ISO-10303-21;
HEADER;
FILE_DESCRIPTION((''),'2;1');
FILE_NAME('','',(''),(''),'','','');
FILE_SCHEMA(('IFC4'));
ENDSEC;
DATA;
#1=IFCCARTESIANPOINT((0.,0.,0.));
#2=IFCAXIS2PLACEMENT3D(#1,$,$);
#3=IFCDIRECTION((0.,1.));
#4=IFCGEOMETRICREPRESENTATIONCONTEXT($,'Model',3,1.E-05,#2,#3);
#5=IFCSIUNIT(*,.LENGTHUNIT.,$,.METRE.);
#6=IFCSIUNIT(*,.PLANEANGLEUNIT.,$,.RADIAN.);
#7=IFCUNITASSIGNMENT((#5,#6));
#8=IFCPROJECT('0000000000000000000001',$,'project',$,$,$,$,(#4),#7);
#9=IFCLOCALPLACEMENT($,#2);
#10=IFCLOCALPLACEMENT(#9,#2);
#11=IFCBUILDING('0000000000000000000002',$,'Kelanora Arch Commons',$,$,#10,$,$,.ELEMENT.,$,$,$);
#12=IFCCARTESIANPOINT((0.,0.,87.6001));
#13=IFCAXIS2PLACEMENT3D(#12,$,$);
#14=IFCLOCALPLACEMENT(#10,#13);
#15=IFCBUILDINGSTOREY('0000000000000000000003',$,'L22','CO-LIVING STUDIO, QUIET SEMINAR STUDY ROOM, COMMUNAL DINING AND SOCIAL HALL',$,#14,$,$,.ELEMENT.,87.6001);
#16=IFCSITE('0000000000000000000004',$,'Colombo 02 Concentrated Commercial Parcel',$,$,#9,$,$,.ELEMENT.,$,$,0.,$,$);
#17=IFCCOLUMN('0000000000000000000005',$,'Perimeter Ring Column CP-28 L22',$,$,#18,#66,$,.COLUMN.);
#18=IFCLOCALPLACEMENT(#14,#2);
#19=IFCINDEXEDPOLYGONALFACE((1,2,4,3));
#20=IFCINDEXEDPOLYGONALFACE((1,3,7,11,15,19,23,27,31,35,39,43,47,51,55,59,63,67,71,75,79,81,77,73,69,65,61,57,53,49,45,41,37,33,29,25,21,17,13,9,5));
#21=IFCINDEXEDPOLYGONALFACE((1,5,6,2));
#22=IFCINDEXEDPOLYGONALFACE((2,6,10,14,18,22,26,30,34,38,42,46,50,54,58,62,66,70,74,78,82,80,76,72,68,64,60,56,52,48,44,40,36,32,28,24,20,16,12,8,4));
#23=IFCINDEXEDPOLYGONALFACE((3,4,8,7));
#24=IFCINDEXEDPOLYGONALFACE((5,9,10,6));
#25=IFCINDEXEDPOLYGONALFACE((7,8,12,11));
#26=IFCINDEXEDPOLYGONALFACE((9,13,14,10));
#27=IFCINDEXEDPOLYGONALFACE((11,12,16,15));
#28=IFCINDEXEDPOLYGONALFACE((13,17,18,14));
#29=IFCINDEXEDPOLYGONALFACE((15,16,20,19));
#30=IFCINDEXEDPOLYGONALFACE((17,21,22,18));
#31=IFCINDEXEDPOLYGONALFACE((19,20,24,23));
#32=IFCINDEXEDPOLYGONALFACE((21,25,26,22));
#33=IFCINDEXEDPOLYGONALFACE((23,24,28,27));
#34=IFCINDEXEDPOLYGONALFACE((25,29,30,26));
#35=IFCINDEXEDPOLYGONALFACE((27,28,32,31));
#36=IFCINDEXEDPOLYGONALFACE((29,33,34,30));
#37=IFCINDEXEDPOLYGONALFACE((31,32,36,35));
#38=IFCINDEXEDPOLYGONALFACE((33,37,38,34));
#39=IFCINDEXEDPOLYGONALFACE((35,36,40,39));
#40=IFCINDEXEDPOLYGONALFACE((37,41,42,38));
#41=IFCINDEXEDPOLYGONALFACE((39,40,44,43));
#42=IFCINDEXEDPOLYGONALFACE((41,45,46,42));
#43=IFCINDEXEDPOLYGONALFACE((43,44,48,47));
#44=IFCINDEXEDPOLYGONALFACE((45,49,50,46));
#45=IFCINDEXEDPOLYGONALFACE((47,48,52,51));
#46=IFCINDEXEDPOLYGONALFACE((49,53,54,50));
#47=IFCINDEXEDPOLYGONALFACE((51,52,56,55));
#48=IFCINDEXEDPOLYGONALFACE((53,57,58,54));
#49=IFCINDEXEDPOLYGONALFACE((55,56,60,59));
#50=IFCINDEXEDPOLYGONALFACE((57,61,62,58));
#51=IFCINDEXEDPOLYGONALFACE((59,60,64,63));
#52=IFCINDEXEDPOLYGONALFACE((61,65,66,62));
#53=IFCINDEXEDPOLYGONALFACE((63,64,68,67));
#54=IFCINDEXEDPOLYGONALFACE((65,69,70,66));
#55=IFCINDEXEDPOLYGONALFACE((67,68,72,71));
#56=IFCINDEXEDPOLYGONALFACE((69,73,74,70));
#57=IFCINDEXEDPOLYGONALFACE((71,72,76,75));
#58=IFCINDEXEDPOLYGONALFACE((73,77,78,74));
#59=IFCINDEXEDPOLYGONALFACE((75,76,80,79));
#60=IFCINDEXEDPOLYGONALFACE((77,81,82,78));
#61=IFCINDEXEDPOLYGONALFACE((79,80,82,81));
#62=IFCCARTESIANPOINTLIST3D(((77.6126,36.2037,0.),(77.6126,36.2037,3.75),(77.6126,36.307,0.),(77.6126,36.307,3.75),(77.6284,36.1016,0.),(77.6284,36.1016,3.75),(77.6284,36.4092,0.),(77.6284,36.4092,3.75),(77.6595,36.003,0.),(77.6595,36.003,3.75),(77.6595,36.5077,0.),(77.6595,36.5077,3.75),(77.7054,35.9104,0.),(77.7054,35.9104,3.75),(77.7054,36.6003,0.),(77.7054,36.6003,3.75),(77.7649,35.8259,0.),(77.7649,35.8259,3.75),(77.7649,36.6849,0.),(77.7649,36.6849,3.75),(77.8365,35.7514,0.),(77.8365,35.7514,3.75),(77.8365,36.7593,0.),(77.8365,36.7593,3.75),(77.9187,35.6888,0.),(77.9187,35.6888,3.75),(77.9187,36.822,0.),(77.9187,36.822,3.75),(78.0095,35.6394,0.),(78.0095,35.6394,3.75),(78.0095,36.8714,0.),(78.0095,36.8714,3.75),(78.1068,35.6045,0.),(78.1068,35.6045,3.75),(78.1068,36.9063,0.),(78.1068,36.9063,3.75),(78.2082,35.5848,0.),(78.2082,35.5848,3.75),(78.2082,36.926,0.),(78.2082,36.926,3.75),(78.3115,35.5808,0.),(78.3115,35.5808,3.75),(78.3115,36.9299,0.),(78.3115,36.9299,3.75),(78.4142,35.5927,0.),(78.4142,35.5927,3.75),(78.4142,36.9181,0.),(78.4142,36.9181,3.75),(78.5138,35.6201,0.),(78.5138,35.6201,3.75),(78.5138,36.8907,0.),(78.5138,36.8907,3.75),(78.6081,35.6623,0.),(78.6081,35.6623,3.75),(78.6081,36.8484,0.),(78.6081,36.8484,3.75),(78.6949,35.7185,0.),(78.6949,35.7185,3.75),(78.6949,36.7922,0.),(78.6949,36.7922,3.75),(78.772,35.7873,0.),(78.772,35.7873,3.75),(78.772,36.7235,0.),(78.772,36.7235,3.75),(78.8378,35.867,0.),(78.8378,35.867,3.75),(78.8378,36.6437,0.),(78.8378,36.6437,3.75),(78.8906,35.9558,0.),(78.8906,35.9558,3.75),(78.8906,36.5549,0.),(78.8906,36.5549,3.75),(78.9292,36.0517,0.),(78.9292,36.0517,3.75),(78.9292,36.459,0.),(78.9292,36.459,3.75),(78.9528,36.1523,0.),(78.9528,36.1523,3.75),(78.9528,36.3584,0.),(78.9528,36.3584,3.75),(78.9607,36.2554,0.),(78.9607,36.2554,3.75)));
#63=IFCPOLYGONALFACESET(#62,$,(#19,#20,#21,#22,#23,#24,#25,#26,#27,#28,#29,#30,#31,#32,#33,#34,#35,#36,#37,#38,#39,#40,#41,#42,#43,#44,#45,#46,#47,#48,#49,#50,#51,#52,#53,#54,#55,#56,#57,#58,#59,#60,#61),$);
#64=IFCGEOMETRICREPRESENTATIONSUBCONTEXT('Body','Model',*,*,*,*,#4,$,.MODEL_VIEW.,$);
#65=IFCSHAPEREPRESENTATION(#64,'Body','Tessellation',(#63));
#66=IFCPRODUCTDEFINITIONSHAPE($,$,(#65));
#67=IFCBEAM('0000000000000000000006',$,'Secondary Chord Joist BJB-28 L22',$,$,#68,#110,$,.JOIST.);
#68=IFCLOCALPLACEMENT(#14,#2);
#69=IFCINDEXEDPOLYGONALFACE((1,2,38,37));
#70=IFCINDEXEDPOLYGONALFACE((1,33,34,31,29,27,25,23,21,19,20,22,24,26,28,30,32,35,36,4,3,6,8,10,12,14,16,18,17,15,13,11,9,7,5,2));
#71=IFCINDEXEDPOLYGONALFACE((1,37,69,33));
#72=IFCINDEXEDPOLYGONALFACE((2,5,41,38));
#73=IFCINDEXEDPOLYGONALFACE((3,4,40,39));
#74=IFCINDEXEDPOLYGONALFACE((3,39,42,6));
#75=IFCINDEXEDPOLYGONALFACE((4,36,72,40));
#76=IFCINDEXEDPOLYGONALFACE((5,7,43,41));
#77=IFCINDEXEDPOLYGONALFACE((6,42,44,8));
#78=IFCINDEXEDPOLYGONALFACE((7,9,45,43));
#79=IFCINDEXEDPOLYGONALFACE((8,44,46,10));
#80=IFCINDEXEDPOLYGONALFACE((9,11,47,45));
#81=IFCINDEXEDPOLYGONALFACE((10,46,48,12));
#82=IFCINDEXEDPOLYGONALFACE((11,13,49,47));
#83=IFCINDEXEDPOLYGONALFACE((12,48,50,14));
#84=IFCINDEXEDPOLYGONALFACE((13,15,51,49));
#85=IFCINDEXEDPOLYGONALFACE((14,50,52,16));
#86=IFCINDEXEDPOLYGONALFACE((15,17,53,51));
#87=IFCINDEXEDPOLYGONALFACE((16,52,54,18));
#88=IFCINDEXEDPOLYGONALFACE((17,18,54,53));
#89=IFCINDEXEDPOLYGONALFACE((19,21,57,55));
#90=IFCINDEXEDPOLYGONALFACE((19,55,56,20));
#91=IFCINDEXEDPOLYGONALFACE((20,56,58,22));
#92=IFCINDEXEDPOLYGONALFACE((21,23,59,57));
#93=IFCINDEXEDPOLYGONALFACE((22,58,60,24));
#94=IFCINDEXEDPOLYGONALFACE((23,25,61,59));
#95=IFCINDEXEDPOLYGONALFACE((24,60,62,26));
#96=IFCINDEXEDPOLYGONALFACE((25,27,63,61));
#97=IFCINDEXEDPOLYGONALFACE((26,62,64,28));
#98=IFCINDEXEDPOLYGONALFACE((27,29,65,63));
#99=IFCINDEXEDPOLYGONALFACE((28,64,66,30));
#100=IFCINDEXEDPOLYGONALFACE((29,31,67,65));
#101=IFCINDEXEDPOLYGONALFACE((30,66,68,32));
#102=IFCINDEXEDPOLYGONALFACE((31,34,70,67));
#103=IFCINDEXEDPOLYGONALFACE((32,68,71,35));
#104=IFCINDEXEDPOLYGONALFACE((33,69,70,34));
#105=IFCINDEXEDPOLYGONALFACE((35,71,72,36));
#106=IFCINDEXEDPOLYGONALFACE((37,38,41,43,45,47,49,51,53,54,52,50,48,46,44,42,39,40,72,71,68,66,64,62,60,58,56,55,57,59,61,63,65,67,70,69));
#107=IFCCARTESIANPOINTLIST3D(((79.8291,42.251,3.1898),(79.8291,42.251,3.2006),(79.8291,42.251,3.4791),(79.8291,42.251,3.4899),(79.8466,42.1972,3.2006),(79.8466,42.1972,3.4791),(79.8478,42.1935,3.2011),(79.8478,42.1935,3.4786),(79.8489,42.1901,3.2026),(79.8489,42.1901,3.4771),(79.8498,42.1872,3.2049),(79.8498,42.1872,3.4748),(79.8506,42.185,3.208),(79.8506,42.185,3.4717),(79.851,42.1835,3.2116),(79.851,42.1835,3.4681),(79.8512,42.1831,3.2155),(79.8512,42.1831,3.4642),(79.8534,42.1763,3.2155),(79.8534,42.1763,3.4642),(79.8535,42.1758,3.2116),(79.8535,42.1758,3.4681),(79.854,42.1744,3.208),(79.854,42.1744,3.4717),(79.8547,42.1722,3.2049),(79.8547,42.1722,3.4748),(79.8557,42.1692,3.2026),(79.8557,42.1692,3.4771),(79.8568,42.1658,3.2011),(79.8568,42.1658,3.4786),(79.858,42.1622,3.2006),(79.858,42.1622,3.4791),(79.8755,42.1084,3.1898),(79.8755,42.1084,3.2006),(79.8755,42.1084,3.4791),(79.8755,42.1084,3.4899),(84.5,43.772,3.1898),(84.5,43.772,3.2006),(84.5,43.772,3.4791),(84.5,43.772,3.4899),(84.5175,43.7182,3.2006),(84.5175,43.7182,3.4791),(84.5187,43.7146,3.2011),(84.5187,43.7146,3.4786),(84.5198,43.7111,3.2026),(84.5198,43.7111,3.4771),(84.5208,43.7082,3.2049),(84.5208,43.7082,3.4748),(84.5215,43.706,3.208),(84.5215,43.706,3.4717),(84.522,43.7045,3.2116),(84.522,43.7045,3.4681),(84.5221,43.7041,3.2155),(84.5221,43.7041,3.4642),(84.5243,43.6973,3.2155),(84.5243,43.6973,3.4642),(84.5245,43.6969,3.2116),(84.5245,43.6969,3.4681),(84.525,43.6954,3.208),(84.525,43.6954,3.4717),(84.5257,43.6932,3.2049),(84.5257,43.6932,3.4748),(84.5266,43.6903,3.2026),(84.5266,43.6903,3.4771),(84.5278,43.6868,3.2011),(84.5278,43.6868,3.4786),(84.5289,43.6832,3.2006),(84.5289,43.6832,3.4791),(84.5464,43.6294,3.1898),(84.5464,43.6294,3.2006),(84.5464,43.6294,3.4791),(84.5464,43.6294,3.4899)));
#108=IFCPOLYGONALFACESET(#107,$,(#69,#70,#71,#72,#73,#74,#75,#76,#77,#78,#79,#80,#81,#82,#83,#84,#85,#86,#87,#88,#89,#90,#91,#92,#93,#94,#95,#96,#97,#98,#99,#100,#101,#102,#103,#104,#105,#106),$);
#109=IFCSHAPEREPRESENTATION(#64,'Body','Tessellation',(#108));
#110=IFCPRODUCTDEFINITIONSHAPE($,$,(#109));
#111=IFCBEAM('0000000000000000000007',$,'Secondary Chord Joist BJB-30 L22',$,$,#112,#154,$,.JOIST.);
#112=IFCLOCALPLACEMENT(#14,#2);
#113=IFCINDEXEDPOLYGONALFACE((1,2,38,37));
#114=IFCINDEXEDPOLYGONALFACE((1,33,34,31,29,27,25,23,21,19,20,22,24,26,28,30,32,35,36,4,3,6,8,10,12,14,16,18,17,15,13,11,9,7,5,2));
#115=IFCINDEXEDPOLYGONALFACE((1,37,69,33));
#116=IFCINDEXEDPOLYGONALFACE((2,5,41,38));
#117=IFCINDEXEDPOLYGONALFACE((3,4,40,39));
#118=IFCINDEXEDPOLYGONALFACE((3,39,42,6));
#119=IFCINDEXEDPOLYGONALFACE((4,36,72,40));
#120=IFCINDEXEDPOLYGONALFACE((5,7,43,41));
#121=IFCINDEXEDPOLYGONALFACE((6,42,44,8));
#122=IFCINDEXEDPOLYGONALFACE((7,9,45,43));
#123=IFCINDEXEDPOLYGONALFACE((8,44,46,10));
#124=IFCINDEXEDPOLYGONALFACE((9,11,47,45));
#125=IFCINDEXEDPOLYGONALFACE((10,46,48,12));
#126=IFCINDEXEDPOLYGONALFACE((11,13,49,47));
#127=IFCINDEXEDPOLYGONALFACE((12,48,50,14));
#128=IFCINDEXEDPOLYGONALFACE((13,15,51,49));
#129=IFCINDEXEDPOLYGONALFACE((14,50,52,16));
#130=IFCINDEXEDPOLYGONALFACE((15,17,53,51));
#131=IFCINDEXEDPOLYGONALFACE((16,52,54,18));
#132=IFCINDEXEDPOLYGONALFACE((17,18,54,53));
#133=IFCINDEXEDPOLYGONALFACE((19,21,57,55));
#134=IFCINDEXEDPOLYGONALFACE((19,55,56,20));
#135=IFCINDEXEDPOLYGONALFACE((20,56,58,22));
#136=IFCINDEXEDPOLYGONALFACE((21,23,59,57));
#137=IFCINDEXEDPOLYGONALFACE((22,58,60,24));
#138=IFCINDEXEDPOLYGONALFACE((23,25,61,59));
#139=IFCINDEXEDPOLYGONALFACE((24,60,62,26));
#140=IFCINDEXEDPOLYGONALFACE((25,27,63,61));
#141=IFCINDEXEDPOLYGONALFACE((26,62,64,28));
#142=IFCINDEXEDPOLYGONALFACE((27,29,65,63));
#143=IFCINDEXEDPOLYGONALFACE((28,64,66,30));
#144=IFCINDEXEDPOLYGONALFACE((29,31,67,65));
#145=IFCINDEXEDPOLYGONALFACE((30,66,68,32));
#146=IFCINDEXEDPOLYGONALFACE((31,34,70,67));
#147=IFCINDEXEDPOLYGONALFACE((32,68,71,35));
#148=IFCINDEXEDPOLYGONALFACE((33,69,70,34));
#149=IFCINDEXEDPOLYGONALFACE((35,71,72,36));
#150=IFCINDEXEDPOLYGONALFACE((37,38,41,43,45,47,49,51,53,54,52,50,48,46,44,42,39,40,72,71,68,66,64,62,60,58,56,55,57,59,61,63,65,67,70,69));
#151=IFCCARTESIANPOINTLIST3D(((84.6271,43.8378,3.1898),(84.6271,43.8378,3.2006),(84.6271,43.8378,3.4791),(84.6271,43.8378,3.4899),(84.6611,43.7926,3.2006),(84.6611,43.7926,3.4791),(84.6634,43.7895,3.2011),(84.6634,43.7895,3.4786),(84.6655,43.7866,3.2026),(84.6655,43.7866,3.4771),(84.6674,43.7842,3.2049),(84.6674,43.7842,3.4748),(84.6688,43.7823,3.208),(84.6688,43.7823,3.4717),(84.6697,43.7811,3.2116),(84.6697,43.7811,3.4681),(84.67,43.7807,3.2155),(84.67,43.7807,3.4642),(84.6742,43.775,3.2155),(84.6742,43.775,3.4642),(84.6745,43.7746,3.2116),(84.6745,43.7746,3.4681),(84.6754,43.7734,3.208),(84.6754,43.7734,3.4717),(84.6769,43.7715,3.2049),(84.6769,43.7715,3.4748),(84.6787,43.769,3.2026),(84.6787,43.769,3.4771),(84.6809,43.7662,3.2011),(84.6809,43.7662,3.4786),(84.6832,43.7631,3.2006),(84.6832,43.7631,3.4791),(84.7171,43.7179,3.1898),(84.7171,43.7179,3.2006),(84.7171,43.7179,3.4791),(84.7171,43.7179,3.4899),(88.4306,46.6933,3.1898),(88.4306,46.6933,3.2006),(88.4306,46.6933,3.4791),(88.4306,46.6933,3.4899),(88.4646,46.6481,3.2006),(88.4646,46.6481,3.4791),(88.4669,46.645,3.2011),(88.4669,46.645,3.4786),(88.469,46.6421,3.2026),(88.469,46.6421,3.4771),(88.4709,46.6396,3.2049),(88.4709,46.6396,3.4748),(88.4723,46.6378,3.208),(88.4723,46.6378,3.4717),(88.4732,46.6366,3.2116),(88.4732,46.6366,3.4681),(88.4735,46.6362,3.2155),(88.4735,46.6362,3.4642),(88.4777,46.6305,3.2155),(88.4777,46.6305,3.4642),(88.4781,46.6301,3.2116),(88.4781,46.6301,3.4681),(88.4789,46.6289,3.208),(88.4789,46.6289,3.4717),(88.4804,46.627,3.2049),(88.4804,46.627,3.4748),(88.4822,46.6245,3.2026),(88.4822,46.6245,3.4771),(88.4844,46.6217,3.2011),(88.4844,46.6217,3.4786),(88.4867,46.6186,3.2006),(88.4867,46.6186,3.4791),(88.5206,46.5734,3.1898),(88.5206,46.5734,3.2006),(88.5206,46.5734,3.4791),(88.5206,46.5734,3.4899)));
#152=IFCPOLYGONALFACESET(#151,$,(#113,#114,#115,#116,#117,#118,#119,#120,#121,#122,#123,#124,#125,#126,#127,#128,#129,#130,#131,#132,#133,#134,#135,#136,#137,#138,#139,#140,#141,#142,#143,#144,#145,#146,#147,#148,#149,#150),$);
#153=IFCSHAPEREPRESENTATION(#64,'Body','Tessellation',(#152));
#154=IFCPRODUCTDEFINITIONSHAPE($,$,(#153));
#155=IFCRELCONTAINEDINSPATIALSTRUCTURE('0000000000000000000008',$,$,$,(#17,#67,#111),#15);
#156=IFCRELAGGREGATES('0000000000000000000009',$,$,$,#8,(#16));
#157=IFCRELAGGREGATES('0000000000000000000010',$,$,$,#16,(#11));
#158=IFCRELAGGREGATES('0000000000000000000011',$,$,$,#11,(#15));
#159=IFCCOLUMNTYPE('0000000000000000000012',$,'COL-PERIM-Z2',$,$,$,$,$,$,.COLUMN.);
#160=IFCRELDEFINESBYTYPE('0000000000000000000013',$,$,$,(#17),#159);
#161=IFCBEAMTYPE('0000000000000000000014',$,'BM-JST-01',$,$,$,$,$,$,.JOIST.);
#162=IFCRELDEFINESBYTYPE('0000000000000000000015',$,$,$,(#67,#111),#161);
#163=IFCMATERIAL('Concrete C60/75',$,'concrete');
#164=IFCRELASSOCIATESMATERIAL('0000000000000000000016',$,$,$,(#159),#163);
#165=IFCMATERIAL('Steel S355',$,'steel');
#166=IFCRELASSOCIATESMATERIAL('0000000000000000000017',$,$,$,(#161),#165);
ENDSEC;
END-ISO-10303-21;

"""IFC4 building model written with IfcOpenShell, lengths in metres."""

from ifc_helpers import new_model, si_unit, direction, frame, origin, origin_2d, place, context, subcontext, project, spatial, circle, i_section, extrude, material, material_profile, profile_set, type_object, element, save


model = new_model("IFC4")

# Units and contexts
model_context = context("Model", 3, precision=1e-05, world=origin(), true_north=direction((0.0, 1.0)))
body_context = subcontext(model_context, "Body", "Model", "MODEL_VIEW")
ifc_project = project(units=[si_unit("LENGTHUNIT", "METRE"), si_unit("PLANEANGLEUNIT", "RADIAN")], contexts=[model_context])

# Site, building, storey
site_placement = place(None, origin())
site = spatial("IfcSite", under=ifc_project, at=site_placement, Name="Colombo 02 Concentrated Commercial Parcel", CompositionType="ELEMENT", RefElevation=0.0)
building_placement = place(site_placement, origin())
building = spatial("IfcBuilding", under=site, at=building_placement, Name="Kelanora Arch Commons", CompositionType="ELEMENT")
storey_placement = place(building_placement, frame((0.0, 0.0, 87.6001)))
storey = spatial("IfcBuildingStorey", under=building, at=storey_placement, Name="L22", Description="CO-LIVING STUDIO, QUIET SEMINAR STUDY ROOM, COMMUNAL DINING AND SOCIAL HALL", CompositionType="ELEMENT", Elevation=87.6001)

# Column
ifc_material_1 = material(Name="Concrete C60/75", Category="concrete")
ifc_material_profile_1 = material_profile(ifc_material_1, circle(Radius=0.675, at=origin_2d()), Name="RCC1350")
ifc_profile_set_1 = profile_set([ifc_material_profile_1], Name="Concrete C60/75")
column_type = type_object("IfcColumnType", Name="COL-PERIM-Z2", PredefinedType="COLUMN", material=ifc_profile_set_1)
column_placement = place(storey_placement, frame((78.2856, 36.2554, 0.0), z_axis=(0.0, 0.0, 1.0), x_axis=(1.0, 0.0, 0.0)))
element("IfcColumn", 1, at=column_placement, inside=storey, type_object=column_type, Name="Perimeter Ring Column CP-28 L22", PredefinedType="COLUMN", context=body_context, shape_type="SweptSolid", body=[
    extrude(circle(Radius=0.675, at=origin_2d()), origin(), (0.0, 0.0, 1.0), 3.75),
])

# Beams
ifc_material_2 = material(Name="Steel S355", Category="steel")
ifc_material_profile_2 = material_profile(ifc_material_2, i_section(OverallWidth=0.1499, OverallDepth=0.3, WebThickness=0.0071, FlangeThickness=0.0107, FilletRadius=0.0149, at=origin_2d()), Name="IPE300")
ifc_profile_set_2 = profile_set([ifc_material_profile_2], Name="Steel S355")
beam_type_1 = type_object("IfcBeamType", Name="BM-JST-01", PredefinedType="JOIST", material=ifc_profile_set_2)
beam_1_placement = place(storey_placement, frame((79.8523, 42.1797, 3.3398), z_axis=(0.950857, 0.30963, 0.0), x_axis=(-0.30963, 0.950857, 0.0)))
element("IfcBeam", 2, at=beam_1_placement, inside=storey, type_object=beam_type_1, Name="Secondary Chord Joist BJB-28 L22", PredefinedType="JOIST", context=body_context, shape_type="SweptSolid", body=[
    extrude(i_section(OverallWidth=0.1499, OverallDepth=0.3, WebThickness=0.0071, FlangeThickness=0.0107, FilletRadius=0.0149, at=origin_2d()), origin(), (0.0, 0.0, 1.0), 4.9124),
])
beam_2_placement = place(storey_placement, frame((84.6721, 43.7778, 3.3398), z_axis=(0.79971, 0.600386, 0.0), x_axis=(-0.600386, 0.79971, 0.0)))
element("IfcBeam", 3, at=beam_2_placement, inside=storey, type_object=beam_type_1, Name="Secondary Chord Joist BJB-30 L22", PredefinedType="JOIST", context=body_context, shape_type="SweptSolid", body=[
    extrude(i_section(OverallWidth=0.1499, OverallDepth=0.3, WebThickness=0.0071, FlangeThickness=0.0107, FilletRadius=0.0149, at=origin_2d()), origin(), (0.0, 0.0, 1.0), 4.7561),
])

save(model, "model.ifc")
